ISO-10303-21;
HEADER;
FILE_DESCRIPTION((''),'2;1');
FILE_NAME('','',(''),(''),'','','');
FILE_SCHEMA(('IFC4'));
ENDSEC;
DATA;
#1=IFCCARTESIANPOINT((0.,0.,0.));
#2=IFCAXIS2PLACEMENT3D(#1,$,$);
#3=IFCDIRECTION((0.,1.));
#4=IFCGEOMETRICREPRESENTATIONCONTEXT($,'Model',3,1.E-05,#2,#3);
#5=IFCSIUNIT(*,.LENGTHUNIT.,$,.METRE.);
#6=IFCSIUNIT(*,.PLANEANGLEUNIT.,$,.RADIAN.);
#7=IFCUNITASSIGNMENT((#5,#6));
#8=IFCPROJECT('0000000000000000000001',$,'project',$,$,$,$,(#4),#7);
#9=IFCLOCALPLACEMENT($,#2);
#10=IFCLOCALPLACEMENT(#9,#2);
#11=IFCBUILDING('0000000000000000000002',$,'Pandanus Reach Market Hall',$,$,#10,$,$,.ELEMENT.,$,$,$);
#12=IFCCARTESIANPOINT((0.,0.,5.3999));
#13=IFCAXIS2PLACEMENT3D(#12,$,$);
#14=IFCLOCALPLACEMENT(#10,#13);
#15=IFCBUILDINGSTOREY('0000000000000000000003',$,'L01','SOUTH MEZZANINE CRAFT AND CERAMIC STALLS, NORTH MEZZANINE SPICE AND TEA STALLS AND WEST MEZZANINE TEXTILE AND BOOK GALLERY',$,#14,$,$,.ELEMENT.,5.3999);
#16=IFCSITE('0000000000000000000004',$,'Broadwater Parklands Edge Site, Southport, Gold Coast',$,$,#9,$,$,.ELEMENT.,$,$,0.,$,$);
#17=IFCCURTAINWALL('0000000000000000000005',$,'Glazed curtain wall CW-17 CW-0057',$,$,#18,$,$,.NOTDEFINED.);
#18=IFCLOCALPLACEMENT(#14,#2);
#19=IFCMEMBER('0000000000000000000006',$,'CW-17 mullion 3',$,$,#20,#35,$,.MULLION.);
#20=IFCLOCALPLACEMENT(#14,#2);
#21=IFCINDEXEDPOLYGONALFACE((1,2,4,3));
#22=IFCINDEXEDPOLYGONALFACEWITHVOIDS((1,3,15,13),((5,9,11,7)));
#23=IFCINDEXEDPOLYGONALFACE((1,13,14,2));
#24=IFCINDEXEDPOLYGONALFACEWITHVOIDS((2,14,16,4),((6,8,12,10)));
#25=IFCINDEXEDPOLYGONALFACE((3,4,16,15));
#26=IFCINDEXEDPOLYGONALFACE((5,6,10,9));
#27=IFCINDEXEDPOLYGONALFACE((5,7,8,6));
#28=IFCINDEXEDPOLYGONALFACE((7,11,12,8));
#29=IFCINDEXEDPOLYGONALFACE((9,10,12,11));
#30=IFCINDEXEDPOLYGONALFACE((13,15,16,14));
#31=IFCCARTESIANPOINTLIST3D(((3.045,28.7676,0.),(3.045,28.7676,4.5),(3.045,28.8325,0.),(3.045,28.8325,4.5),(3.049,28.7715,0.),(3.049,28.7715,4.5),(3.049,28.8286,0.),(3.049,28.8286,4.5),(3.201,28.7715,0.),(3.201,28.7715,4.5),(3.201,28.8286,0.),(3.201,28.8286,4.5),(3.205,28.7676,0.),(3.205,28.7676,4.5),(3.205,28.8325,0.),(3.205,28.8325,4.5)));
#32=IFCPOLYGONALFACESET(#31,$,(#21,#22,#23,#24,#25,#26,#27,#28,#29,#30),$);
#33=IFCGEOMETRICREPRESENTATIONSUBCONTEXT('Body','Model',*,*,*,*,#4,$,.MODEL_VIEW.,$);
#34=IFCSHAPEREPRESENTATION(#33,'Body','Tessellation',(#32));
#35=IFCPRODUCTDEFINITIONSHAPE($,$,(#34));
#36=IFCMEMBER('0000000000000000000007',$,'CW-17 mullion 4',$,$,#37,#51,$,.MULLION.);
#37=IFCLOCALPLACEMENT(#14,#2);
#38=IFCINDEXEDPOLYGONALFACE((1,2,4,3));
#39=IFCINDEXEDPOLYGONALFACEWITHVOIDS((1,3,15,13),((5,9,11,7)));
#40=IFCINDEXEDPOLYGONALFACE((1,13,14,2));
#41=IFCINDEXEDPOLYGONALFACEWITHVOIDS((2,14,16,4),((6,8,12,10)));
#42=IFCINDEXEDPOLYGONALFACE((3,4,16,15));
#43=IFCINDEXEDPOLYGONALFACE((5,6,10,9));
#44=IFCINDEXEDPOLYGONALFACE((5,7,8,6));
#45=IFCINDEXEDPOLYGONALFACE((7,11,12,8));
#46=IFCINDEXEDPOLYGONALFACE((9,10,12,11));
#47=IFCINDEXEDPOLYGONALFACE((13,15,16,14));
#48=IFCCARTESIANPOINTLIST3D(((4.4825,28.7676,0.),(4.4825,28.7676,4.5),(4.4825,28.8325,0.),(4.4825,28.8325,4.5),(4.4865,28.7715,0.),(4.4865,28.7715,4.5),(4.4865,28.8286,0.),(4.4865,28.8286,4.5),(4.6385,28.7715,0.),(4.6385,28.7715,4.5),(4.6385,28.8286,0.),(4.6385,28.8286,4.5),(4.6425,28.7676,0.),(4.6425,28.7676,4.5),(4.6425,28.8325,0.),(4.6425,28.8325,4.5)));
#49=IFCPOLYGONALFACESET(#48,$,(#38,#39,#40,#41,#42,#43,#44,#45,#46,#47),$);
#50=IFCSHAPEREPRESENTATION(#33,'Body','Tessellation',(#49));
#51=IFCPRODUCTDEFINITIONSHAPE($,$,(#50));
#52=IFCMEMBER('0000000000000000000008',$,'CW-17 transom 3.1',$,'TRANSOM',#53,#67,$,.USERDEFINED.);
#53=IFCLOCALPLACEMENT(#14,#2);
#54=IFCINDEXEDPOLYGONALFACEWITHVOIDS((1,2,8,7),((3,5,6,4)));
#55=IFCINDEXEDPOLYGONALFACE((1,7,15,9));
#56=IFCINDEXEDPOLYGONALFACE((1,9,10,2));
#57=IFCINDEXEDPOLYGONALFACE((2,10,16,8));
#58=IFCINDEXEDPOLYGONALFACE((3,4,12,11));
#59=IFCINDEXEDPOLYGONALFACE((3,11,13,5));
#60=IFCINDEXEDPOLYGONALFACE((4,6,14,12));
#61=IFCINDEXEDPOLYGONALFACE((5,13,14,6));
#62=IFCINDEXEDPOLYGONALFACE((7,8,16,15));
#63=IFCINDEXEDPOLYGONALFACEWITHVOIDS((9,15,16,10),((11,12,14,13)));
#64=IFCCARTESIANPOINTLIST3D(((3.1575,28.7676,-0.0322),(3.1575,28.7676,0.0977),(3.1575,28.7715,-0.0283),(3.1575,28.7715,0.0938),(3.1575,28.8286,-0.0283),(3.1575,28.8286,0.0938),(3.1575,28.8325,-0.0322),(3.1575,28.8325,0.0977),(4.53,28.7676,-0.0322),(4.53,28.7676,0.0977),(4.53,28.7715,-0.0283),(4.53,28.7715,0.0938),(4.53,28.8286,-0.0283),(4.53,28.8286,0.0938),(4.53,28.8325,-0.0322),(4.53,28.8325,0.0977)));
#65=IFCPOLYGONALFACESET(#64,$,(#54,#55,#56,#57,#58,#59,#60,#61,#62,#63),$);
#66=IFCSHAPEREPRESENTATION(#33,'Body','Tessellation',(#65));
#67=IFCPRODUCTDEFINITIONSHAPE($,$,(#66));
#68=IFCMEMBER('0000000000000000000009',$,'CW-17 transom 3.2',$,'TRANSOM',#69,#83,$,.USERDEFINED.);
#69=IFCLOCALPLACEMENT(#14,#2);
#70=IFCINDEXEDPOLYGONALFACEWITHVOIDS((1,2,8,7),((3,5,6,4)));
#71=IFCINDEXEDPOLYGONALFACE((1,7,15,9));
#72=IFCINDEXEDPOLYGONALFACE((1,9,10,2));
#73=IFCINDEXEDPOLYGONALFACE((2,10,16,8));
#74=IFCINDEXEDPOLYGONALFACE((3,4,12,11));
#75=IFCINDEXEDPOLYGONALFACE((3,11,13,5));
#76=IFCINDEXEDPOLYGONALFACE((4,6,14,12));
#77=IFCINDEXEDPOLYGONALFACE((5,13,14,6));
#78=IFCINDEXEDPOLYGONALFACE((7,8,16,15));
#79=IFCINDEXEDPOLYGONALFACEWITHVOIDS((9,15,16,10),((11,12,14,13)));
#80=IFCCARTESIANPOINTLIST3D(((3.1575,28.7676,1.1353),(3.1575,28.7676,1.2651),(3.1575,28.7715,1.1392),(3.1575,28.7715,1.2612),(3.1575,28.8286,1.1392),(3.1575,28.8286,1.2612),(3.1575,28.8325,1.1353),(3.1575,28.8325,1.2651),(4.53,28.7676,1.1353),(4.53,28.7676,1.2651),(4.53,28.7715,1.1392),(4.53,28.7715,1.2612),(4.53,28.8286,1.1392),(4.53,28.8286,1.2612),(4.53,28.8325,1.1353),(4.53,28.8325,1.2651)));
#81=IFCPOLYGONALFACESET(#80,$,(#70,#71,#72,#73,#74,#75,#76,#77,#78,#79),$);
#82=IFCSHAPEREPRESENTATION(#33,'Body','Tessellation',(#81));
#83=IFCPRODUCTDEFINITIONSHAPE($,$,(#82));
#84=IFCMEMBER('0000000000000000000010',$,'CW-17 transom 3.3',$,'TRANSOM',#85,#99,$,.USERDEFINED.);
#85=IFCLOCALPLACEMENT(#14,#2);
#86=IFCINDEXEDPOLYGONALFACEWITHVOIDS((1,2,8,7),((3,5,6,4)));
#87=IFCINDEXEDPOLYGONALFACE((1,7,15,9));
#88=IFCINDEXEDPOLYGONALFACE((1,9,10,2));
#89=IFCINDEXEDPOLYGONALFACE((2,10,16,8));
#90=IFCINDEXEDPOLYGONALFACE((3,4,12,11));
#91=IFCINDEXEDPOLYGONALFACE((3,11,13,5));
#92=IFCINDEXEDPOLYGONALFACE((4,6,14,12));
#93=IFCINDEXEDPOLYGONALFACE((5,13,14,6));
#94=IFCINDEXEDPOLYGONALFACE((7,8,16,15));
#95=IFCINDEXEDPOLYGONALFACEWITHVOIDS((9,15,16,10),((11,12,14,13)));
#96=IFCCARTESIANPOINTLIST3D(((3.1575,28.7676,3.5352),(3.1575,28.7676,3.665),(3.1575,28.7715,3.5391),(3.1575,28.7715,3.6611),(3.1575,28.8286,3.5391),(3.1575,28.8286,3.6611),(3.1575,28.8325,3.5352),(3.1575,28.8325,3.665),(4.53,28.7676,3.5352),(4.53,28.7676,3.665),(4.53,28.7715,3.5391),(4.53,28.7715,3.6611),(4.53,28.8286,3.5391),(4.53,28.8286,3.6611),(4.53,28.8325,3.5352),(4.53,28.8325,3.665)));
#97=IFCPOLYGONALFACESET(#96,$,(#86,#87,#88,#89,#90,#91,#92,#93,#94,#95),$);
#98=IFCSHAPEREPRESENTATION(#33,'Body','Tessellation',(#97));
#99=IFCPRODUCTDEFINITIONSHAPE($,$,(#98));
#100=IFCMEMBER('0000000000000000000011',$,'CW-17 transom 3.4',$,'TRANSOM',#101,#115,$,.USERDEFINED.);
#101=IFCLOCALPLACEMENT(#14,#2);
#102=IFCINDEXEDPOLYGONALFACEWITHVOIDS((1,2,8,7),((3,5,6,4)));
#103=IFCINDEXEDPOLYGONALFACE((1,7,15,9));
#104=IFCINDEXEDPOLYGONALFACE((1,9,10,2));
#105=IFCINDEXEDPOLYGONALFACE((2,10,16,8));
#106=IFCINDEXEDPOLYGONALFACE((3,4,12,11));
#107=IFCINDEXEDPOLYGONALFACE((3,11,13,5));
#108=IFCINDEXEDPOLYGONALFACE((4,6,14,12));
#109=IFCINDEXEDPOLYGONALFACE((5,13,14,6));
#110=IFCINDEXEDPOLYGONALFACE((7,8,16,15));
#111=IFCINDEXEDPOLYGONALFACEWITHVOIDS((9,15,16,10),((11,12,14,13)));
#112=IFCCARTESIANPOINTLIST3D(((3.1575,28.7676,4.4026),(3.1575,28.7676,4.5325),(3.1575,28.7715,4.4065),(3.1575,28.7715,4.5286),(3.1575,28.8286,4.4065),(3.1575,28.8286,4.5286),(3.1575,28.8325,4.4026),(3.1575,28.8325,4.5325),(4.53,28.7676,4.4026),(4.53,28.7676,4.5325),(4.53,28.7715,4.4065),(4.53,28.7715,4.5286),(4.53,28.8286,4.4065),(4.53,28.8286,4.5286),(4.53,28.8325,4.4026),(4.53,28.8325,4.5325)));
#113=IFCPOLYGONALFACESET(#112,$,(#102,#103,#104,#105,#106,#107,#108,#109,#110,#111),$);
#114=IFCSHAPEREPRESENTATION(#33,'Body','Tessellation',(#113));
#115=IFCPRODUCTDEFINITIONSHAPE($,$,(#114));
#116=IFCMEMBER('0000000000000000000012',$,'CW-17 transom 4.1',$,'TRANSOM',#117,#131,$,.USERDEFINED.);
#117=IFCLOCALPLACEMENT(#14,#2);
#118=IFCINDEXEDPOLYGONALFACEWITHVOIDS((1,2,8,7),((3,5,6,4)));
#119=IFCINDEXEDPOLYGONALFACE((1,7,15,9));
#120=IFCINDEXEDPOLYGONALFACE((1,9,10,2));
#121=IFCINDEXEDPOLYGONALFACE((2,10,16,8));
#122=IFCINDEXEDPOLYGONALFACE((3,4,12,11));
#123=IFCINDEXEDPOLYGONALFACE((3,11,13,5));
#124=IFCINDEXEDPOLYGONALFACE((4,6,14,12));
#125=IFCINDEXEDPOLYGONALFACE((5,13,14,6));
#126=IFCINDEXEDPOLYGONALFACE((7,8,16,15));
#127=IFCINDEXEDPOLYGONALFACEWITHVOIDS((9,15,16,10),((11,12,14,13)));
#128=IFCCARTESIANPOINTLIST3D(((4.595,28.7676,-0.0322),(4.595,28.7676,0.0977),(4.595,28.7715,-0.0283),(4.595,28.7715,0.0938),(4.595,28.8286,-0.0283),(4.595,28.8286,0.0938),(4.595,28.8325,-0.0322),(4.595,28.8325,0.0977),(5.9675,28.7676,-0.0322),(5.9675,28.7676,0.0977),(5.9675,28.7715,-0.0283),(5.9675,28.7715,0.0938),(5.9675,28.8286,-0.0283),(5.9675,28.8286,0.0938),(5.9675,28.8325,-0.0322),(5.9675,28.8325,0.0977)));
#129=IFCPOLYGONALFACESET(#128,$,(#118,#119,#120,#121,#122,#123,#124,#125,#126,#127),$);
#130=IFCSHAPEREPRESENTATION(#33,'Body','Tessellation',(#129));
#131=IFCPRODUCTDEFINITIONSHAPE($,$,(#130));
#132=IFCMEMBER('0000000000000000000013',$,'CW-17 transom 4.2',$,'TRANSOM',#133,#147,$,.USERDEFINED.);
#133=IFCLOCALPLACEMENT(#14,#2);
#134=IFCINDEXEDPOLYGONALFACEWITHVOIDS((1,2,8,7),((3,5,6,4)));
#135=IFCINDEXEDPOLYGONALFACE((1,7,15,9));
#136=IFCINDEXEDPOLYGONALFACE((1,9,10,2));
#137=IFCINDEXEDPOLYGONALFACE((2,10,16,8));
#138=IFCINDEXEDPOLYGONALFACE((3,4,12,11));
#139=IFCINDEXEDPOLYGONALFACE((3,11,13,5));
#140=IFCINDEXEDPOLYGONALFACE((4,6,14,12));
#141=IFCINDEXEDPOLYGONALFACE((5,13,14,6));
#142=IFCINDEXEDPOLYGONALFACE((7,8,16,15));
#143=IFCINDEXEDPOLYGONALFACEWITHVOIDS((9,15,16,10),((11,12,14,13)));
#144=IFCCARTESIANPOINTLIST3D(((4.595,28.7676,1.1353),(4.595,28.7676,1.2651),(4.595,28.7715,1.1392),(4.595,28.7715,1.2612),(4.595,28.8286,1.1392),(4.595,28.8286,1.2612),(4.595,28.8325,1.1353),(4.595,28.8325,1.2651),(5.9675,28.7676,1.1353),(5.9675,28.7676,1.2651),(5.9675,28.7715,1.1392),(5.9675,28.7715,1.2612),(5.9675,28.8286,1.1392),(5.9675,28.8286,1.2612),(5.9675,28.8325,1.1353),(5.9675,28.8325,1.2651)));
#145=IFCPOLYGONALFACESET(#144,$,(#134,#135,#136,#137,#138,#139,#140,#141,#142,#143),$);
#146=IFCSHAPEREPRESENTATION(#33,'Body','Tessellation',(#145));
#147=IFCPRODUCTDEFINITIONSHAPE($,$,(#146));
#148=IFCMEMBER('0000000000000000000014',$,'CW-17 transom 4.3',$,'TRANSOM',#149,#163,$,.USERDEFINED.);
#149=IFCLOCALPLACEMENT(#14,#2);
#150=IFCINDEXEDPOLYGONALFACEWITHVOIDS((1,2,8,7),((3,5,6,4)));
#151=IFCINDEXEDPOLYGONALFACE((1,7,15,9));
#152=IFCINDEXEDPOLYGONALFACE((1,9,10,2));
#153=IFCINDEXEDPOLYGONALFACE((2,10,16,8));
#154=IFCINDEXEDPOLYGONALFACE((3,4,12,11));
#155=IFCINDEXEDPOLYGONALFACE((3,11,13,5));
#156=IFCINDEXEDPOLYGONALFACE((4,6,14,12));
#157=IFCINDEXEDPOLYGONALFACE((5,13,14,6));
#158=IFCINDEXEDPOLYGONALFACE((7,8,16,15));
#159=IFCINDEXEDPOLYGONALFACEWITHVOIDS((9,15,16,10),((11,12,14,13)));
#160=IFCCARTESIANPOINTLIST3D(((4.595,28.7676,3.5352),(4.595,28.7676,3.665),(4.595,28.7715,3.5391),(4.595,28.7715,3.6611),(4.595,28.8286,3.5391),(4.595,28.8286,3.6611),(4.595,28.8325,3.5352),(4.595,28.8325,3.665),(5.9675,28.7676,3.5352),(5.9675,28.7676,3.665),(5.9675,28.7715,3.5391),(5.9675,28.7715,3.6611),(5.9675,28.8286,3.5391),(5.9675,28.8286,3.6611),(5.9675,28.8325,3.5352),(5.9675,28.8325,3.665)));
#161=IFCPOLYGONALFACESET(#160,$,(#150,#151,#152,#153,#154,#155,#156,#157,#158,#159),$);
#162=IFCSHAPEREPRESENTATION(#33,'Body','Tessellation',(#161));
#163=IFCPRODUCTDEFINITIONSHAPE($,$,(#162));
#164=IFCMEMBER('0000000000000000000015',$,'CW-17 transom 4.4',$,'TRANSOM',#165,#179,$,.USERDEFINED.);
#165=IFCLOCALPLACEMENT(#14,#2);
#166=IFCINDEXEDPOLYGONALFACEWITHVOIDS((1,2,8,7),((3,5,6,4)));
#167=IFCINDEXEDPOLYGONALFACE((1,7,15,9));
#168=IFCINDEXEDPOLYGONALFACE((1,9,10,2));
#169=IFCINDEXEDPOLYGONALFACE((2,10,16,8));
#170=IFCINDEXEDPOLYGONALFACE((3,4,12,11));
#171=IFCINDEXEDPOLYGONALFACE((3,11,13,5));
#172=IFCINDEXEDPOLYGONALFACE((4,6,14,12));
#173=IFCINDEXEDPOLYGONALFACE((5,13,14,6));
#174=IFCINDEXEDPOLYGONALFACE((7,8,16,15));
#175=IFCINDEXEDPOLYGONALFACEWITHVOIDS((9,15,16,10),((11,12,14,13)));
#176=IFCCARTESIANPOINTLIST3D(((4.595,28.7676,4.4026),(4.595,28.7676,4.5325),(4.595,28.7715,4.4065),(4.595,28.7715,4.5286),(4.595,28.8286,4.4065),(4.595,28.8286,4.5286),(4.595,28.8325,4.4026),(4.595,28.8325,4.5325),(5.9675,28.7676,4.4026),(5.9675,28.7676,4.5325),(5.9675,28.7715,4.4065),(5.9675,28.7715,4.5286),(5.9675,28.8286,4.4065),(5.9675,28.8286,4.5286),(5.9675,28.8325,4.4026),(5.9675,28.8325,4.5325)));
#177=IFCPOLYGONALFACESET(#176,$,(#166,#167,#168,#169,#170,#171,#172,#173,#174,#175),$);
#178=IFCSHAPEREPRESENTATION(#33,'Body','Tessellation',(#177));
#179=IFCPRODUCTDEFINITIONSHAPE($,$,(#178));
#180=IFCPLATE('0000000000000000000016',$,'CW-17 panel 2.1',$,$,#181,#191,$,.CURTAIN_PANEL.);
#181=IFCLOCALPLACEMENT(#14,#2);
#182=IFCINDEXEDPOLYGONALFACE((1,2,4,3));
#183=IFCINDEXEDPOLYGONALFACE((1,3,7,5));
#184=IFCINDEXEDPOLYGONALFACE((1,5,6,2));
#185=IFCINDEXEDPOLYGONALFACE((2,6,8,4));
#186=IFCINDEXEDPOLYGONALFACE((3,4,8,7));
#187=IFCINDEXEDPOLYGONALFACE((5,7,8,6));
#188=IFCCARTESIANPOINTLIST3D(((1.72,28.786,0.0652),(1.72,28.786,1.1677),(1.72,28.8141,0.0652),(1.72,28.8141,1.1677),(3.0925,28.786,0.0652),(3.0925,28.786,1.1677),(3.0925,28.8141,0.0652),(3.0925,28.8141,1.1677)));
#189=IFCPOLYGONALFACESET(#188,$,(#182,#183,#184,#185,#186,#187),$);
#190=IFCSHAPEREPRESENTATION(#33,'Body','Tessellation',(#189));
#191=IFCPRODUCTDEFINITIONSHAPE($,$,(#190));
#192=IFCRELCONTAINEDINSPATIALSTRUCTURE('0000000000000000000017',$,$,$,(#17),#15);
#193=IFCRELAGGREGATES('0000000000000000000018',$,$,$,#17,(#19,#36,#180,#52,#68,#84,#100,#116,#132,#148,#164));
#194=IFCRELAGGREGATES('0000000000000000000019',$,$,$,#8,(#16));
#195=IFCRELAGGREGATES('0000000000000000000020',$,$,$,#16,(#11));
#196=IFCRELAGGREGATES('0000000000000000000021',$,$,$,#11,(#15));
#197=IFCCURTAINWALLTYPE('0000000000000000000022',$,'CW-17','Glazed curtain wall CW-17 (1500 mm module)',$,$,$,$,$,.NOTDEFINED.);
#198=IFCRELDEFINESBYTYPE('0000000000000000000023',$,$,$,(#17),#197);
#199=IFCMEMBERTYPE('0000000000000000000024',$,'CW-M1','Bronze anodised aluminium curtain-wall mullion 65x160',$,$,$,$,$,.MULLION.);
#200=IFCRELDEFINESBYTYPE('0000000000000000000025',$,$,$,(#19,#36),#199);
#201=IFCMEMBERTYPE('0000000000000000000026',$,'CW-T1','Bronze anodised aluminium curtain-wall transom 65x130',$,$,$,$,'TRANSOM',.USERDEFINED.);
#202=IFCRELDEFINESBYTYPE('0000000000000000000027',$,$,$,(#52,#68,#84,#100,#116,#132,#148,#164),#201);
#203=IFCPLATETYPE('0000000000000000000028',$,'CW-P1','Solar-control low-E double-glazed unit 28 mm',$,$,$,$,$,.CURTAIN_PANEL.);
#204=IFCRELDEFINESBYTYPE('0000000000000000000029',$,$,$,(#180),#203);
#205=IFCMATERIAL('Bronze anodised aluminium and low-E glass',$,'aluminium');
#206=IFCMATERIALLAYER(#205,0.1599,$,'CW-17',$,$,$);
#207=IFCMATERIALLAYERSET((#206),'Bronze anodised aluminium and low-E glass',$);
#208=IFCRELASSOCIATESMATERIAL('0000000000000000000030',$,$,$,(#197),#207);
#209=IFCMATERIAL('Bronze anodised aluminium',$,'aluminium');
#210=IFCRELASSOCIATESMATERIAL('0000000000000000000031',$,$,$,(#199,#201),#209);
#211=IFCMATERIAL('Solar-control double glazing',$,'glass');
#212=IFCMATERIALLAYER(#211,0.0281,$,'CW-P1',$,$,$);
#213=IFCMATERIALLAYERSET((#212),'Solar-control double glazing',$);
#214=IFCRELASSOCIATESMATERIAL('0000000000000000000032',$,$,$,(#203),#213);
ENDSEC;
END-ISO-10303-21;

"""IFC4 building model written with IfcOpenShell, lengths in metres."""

from ifc_helpers import new_model, si_unit, direction, frame, origin, origin_2d, place, context, subcontext, project, spatial, rectangle, hollow_rectangle, extrude, material, layer, layer_set, material_profile, profile_set, type_object, element, aggregate, save


model = new_model("IFC4")

# Units and contexts
model_context = context("Model", 3, precision=1e-05, world=origin(), true_north=direction((0.0, 1.0)))
body_context = subcontext(model_context, "Body", "Model", "MODEL_VIEW")
ifc_project = project(units=[si_unit("LENGTHUNIT", "METRE"), si_unit("PLANEANGLEUNIT", "RADIAN")], contexts=[model_context])

# Site, building, storey
site_placement = place(None, origin())
site = spatial("IfcSite", under=ifc_project, at=site_placement, Name="Broadwater Parklands Edge Site, Southport, Gold Coast", CompositionType="ELEMENT", RefElevation=0.0)
building_placement = place(site_placement, origin())
building = spatial("IfcBuilding", under=site, at=building_placement, Name="Pandanus Reach Market Hall", CompositionType="ELEMENT")
storey_placement = place(building_placement, frame((0.0, 0.0, 5.3999)))
storey = spatial("IfcBuildingStorey", under=building, at=storey_placement, Name="L01", Description="SOUTH MEZZANINE CRAFT AND CERAMIC STALLS, NORTH MEZZANINE SPICE AND TEA STALLS AND WEST MEZZANINE TEXTILE AND BOOK GALLERY", CompositionType="ELEMENT", Elevation=5.3999)

# Curtain wall, members, plate
ifc_material_1 = material(Name="Bronze anodised aluminium and low-E glass", Category="aluminium")
ifc_layer_1 = layer(ifc_material_1, 0.1599, Name="CW-17")
ifc_layer_set_1 = layer_set([ifc_layer_1], Name="Bronze anodised aluminium and low-E glass")
curtain_wall_type = type_object("IfcCurtainWallType", Name="CW-17", Description="Glazed curtain wall CW-17 (1500 mm module)", PredefinedType="NOTDEFINED", material=ifc_layer_set_1)
curtain_wall_placement = place(storey_placement, origin())
curtain_wall = element("IfcCurtainWall", 1, at=curtain_wall_placement, inside=storey, type_object=curtain_wall_type, Name="Glazed curtain wall CW-17 CW-0057", PredefinedType="NOTDEFINED")
ifc_material_2 = material(Name="Bronze anodised aluminium", Category="aluminium")
ifc_material_profile_1 = material_profile(ifc_material_2, hollow_rectangle(XDim=0.0649, YDim=0.1599, WallThickness=0.0039, at=origin_2d()), Name="ALU65x160", Category="LoadBearing")
ifc_profile_set_1 = profile_set([ifc_material_profile_1], Name="Bronze anodised aluminium")
member_type_1 = type_object("IfcMemberType", Name="CW-M1", Description="Bronze anodised aluminium curtain-wall mullion 65x160", PredefinedType="MULLION", material=ifc_profile_set_1)
member_1_placement = place(storey_placement, frame((3.125, 28.8, 0.0), z_axis=(0.0, 0.0, 1.0), x_axis=(0.0, 1.0, 0.0)))
member_1 = element("IfcMember", 2, at=member_1_placement, type_object=member_type_1, Name="CW-17 mullion 3", PredefinedType="MULLION", context=body_context, shape_type="SweptSolid", body=[
    extrude(hollow_rectangle(XDim=0.0649, YDim=0.1599, WallThickness=0.0039, at=origin_2d()), origin(), (0.0, 0.0, 1.0), 4.5),
])
member_2_placement = place(storey_placement, frame((4.5625, 28.8, 0.0), z_axis=(0.0, 0.0, 1.0), x_axis=(0.0, 1.0, 0.0)))
member_2 = element("IfcMember", 3, at=member_2_placement, type_object=member_type_1, Name="CW-17 mullion 4", PredefinedType="MULLION", context=body_context, shape_type="SweptSolid", body=[
    extrude(hollow_rectangle(XDim=0.0649, YDim=0.1599, WallThickness=0.0039, at=origin_2d()), origin(), (0.0, 0.0, 1.0), 4.5),
])
ifc_material_profile_2 = material_profile(ifc_material_2, hollow_rectangle(XDim=0.0649, YDim=0.1299, WallThickness=0.0039, at=origin_2d()), Name="ALU65x130", Category="LoadBearing")
ifc_profile_set_2 = profile_set([ifc_material_profile_2], Name="Bronze anodised aluminium")
member_type_2 = type_object("IfcMemberType", Name="CW-T1", Description="Bronze anodised aluminium curtain-wall transom 65x130", ElementType="TRANSOM", PredefinedType="USERDEFINED", material=ifc_profile_set_2)
member_3_placement = place(storey_placement, frame((3.1575, 28.8, 0.0327), z_axis=(1.0, 0.0, 0.0), x_axis=(0.0, 1.0, 0.0)))
member_3 = element("IfcMember", 4, at=member_3_placement, type_object=member_type_2, Name="CW-17 transom 3.1", ObjectType="TRANSOM", PredefinedType="USERDEFINED", context=body_context, shape_type="SweptSolid", body=[
    extrude(hollow_rectangle(XDim=0.0649, YDim=0.1299, WallThickness=0.0039, at=origin_2d()), origin(), (0.0, 0.0, 1.0), 1.3726),
])
member_4_placement = place(storey_placement, frame((3.1575, 28.8, 1.2002), z_axis=(1.0, 0.0, 0.0), x_axis=(0.0, 1.0, 0.0)))
member_4 = element("IfcMember", 5, at=member_4_placement, type_object=member_type_2, Name="CW-17 transom 3.2", ObjectType="TRANSOM", PredefinedType="USERDEFINED", context=body_context, shape_type="SweptSolid", body=[
    extrude(hollow_rectangle(XDim=0.0649, YDim=0.1299, WallThickness=0.0039, at=origin_2d()), origin(), (0.0, 0.0, 1.0), 1.3726),
])
member_5_placement = place(storey_placement, frame((3.1575, 28.8, 3.6001), z_axis=(1.0, 0.0, 0.0), x_axis=(0.0, 1.0, 0.0)))
member_5 = element("IfcMember", 6, at=member_5_placement, type_object=member_type_2, Name="CW-17 transom 3.3", ObjectType="TRANSOM", PredefinedType="USERDEFINED", context=body_context, shape_type="SweptSolid", body=[
    extrude(hollow_rectangle(XDim=0.0649, YDim=0.1299, WallThickness=0.0039, at=origin_2d()), origin(), (0.0, 0.0, 1.0), 1.3726),
])
member_6_placement = place(storey_placement, frame((3.1575, 28.8, 4.4675), z_axis=(1.0, 0.0, 0.0), x_axis=(0.0, 1.0, 0.0)))
member_6 = element("IfcMember", 7, at=member_6_placement, type_object=member_type_2, Name="CW-17 transom 3.4", ObjectType="TRANSOM", PredefinedType="USERDEFINED", context=body_context, shape_type="SweptSolid", body=[
    extrude(hollow_rectangle(XDim=0.0649, YDim=0.1299, WallThickness=0.0039, at=origin_2d()), origin(), (0.0, 0.0, 1.0), 1.3726),
])
member_7_placement = place(storey_placement, frame((4.595, 28.8, 0.0327), z_axis=(1.0, 0.0, 0.0), x_axis=(0.0, 1.0, 0.0)))
member_7 = element("IfcMember", 8, at=member_7_placement, type_object=member_type_2, Name="CW-17 transom 4.1", ObjectType="TRANSOM", PredefinedType="USERDEFINED", context=body_context, shape_type="SweptSolid", body=[
    extrude(hollow_rectangle(XDim=0.0649, YDim=0.1299, WallThickness=0.0039, at=origin_2d()), origin(), (0.0, 0.0, 1.0), 1.3726),
])
member_8_placement = place(storey_placement, frame((4.595, 28.8, 1.2002), z_axis=(1.0, 0.0, 0.0), x_axis=(0.0, 1.0, 0.0)))
member_8 = element("IfcMember", 9, at=member_8_placement, type_object=member_type_2, Name="CW-17 transom 4.2", ObjectType="TRANSOM", PredefinedType="USERDEFINED", context=body_context, shape_type="SweptSolid", body=[
    extrude(hollow_rectangle(XDim=0.0649, YDim=0.1299, WallThickness=0.0039, at=origin_2d()), origin(), (0.0, 0.0, 1.0), 1.3726),
])
member_9_placement = place(storey_placement, frame((4.595, 28.8, 3.6001), z_axis=(1.0, 0.0, 0.0), x_axis=(0.0, 1.0, 0.0)))
member_9 = element("IfcMember", 10, at=member_9_placement, type_object=member_type_2, Name="CW-17 transom 4.3", ObjectType="TRANSOM", PredefinedType="USERDEFINED", context=body_context, shape_type="SweptSolid", body=[
    extrude(hollow_rectangle(XDim=0.0649, YDim=0.1299, WallThickness=0.0039, at=origin_2d()), origin(), (0.0, 0.0, 1.0), 1.3726),
])
member_10_placement = place(storey_placement, frame((4.595, 28.8, 4.4675), z_axis=(1.0, 0.0, 0.0), x_axis=(0.0, 1.0, 0.0)))
member_10 = element("IfcMember", 11, at=member_10_placement, type_object=member_type_2, Name="CW-17 transom 4.4", ObjectType="TRANSOM", PredefinedType="USERDEFINED", context=body_context, shape_type="SweptSolid", body=[
    extrude(hollow_rectangle(XDim=0.0649, YDim=0.1299, WallThickness=0.0039, at=origin_2d()), origin(), (0.0, 0.0, 1.0), 1.3726),
])
ifc_material_3 = material(Name="Solar-control double glazing", Category="glass")
ifc_layer_2 = layer(ifc_material_3, 0.0281, Name="CW-P1")
ifc_layer_set_2 = layer_set([ifc_layer_2], Name="Solar-control double glazing")
plate_type = type_object("IfcPlateType", Name="CW-P1", Description="Solar-control low-E double-glazed unit 28 mm", PredefinedType="CURTAIN_PANEL", material=ifc_layer_set_2)
plate_1_placement = place(storey_placement, frame((2.4062, 28.8, 0.0652), z_axis=(0.0, 0.0, 1.0), x_axis=(1.0, 0.0, 0.0)))
plate_1 = element("IfcPlate", 12, at=plate_1_placement, type_object=plate_type, Name="CW-17 panel 2.1", PredefinedType="CURTAIN_PANEL", context=body_context, shape_type="SweptSolid", body=[
    extrude(rectangle(XDim=1.3726, YDim=0.0281, at=origin_2d()), origin(), (0.0, 0.0, 1.0), 1.1025),
])
aggregate(curtain_wall, [member_1, member_2, plate_1, member_3, member_4, member_5, member_6, member_7, member_8, member_9, member_10])

save(model, "model.ifc")
